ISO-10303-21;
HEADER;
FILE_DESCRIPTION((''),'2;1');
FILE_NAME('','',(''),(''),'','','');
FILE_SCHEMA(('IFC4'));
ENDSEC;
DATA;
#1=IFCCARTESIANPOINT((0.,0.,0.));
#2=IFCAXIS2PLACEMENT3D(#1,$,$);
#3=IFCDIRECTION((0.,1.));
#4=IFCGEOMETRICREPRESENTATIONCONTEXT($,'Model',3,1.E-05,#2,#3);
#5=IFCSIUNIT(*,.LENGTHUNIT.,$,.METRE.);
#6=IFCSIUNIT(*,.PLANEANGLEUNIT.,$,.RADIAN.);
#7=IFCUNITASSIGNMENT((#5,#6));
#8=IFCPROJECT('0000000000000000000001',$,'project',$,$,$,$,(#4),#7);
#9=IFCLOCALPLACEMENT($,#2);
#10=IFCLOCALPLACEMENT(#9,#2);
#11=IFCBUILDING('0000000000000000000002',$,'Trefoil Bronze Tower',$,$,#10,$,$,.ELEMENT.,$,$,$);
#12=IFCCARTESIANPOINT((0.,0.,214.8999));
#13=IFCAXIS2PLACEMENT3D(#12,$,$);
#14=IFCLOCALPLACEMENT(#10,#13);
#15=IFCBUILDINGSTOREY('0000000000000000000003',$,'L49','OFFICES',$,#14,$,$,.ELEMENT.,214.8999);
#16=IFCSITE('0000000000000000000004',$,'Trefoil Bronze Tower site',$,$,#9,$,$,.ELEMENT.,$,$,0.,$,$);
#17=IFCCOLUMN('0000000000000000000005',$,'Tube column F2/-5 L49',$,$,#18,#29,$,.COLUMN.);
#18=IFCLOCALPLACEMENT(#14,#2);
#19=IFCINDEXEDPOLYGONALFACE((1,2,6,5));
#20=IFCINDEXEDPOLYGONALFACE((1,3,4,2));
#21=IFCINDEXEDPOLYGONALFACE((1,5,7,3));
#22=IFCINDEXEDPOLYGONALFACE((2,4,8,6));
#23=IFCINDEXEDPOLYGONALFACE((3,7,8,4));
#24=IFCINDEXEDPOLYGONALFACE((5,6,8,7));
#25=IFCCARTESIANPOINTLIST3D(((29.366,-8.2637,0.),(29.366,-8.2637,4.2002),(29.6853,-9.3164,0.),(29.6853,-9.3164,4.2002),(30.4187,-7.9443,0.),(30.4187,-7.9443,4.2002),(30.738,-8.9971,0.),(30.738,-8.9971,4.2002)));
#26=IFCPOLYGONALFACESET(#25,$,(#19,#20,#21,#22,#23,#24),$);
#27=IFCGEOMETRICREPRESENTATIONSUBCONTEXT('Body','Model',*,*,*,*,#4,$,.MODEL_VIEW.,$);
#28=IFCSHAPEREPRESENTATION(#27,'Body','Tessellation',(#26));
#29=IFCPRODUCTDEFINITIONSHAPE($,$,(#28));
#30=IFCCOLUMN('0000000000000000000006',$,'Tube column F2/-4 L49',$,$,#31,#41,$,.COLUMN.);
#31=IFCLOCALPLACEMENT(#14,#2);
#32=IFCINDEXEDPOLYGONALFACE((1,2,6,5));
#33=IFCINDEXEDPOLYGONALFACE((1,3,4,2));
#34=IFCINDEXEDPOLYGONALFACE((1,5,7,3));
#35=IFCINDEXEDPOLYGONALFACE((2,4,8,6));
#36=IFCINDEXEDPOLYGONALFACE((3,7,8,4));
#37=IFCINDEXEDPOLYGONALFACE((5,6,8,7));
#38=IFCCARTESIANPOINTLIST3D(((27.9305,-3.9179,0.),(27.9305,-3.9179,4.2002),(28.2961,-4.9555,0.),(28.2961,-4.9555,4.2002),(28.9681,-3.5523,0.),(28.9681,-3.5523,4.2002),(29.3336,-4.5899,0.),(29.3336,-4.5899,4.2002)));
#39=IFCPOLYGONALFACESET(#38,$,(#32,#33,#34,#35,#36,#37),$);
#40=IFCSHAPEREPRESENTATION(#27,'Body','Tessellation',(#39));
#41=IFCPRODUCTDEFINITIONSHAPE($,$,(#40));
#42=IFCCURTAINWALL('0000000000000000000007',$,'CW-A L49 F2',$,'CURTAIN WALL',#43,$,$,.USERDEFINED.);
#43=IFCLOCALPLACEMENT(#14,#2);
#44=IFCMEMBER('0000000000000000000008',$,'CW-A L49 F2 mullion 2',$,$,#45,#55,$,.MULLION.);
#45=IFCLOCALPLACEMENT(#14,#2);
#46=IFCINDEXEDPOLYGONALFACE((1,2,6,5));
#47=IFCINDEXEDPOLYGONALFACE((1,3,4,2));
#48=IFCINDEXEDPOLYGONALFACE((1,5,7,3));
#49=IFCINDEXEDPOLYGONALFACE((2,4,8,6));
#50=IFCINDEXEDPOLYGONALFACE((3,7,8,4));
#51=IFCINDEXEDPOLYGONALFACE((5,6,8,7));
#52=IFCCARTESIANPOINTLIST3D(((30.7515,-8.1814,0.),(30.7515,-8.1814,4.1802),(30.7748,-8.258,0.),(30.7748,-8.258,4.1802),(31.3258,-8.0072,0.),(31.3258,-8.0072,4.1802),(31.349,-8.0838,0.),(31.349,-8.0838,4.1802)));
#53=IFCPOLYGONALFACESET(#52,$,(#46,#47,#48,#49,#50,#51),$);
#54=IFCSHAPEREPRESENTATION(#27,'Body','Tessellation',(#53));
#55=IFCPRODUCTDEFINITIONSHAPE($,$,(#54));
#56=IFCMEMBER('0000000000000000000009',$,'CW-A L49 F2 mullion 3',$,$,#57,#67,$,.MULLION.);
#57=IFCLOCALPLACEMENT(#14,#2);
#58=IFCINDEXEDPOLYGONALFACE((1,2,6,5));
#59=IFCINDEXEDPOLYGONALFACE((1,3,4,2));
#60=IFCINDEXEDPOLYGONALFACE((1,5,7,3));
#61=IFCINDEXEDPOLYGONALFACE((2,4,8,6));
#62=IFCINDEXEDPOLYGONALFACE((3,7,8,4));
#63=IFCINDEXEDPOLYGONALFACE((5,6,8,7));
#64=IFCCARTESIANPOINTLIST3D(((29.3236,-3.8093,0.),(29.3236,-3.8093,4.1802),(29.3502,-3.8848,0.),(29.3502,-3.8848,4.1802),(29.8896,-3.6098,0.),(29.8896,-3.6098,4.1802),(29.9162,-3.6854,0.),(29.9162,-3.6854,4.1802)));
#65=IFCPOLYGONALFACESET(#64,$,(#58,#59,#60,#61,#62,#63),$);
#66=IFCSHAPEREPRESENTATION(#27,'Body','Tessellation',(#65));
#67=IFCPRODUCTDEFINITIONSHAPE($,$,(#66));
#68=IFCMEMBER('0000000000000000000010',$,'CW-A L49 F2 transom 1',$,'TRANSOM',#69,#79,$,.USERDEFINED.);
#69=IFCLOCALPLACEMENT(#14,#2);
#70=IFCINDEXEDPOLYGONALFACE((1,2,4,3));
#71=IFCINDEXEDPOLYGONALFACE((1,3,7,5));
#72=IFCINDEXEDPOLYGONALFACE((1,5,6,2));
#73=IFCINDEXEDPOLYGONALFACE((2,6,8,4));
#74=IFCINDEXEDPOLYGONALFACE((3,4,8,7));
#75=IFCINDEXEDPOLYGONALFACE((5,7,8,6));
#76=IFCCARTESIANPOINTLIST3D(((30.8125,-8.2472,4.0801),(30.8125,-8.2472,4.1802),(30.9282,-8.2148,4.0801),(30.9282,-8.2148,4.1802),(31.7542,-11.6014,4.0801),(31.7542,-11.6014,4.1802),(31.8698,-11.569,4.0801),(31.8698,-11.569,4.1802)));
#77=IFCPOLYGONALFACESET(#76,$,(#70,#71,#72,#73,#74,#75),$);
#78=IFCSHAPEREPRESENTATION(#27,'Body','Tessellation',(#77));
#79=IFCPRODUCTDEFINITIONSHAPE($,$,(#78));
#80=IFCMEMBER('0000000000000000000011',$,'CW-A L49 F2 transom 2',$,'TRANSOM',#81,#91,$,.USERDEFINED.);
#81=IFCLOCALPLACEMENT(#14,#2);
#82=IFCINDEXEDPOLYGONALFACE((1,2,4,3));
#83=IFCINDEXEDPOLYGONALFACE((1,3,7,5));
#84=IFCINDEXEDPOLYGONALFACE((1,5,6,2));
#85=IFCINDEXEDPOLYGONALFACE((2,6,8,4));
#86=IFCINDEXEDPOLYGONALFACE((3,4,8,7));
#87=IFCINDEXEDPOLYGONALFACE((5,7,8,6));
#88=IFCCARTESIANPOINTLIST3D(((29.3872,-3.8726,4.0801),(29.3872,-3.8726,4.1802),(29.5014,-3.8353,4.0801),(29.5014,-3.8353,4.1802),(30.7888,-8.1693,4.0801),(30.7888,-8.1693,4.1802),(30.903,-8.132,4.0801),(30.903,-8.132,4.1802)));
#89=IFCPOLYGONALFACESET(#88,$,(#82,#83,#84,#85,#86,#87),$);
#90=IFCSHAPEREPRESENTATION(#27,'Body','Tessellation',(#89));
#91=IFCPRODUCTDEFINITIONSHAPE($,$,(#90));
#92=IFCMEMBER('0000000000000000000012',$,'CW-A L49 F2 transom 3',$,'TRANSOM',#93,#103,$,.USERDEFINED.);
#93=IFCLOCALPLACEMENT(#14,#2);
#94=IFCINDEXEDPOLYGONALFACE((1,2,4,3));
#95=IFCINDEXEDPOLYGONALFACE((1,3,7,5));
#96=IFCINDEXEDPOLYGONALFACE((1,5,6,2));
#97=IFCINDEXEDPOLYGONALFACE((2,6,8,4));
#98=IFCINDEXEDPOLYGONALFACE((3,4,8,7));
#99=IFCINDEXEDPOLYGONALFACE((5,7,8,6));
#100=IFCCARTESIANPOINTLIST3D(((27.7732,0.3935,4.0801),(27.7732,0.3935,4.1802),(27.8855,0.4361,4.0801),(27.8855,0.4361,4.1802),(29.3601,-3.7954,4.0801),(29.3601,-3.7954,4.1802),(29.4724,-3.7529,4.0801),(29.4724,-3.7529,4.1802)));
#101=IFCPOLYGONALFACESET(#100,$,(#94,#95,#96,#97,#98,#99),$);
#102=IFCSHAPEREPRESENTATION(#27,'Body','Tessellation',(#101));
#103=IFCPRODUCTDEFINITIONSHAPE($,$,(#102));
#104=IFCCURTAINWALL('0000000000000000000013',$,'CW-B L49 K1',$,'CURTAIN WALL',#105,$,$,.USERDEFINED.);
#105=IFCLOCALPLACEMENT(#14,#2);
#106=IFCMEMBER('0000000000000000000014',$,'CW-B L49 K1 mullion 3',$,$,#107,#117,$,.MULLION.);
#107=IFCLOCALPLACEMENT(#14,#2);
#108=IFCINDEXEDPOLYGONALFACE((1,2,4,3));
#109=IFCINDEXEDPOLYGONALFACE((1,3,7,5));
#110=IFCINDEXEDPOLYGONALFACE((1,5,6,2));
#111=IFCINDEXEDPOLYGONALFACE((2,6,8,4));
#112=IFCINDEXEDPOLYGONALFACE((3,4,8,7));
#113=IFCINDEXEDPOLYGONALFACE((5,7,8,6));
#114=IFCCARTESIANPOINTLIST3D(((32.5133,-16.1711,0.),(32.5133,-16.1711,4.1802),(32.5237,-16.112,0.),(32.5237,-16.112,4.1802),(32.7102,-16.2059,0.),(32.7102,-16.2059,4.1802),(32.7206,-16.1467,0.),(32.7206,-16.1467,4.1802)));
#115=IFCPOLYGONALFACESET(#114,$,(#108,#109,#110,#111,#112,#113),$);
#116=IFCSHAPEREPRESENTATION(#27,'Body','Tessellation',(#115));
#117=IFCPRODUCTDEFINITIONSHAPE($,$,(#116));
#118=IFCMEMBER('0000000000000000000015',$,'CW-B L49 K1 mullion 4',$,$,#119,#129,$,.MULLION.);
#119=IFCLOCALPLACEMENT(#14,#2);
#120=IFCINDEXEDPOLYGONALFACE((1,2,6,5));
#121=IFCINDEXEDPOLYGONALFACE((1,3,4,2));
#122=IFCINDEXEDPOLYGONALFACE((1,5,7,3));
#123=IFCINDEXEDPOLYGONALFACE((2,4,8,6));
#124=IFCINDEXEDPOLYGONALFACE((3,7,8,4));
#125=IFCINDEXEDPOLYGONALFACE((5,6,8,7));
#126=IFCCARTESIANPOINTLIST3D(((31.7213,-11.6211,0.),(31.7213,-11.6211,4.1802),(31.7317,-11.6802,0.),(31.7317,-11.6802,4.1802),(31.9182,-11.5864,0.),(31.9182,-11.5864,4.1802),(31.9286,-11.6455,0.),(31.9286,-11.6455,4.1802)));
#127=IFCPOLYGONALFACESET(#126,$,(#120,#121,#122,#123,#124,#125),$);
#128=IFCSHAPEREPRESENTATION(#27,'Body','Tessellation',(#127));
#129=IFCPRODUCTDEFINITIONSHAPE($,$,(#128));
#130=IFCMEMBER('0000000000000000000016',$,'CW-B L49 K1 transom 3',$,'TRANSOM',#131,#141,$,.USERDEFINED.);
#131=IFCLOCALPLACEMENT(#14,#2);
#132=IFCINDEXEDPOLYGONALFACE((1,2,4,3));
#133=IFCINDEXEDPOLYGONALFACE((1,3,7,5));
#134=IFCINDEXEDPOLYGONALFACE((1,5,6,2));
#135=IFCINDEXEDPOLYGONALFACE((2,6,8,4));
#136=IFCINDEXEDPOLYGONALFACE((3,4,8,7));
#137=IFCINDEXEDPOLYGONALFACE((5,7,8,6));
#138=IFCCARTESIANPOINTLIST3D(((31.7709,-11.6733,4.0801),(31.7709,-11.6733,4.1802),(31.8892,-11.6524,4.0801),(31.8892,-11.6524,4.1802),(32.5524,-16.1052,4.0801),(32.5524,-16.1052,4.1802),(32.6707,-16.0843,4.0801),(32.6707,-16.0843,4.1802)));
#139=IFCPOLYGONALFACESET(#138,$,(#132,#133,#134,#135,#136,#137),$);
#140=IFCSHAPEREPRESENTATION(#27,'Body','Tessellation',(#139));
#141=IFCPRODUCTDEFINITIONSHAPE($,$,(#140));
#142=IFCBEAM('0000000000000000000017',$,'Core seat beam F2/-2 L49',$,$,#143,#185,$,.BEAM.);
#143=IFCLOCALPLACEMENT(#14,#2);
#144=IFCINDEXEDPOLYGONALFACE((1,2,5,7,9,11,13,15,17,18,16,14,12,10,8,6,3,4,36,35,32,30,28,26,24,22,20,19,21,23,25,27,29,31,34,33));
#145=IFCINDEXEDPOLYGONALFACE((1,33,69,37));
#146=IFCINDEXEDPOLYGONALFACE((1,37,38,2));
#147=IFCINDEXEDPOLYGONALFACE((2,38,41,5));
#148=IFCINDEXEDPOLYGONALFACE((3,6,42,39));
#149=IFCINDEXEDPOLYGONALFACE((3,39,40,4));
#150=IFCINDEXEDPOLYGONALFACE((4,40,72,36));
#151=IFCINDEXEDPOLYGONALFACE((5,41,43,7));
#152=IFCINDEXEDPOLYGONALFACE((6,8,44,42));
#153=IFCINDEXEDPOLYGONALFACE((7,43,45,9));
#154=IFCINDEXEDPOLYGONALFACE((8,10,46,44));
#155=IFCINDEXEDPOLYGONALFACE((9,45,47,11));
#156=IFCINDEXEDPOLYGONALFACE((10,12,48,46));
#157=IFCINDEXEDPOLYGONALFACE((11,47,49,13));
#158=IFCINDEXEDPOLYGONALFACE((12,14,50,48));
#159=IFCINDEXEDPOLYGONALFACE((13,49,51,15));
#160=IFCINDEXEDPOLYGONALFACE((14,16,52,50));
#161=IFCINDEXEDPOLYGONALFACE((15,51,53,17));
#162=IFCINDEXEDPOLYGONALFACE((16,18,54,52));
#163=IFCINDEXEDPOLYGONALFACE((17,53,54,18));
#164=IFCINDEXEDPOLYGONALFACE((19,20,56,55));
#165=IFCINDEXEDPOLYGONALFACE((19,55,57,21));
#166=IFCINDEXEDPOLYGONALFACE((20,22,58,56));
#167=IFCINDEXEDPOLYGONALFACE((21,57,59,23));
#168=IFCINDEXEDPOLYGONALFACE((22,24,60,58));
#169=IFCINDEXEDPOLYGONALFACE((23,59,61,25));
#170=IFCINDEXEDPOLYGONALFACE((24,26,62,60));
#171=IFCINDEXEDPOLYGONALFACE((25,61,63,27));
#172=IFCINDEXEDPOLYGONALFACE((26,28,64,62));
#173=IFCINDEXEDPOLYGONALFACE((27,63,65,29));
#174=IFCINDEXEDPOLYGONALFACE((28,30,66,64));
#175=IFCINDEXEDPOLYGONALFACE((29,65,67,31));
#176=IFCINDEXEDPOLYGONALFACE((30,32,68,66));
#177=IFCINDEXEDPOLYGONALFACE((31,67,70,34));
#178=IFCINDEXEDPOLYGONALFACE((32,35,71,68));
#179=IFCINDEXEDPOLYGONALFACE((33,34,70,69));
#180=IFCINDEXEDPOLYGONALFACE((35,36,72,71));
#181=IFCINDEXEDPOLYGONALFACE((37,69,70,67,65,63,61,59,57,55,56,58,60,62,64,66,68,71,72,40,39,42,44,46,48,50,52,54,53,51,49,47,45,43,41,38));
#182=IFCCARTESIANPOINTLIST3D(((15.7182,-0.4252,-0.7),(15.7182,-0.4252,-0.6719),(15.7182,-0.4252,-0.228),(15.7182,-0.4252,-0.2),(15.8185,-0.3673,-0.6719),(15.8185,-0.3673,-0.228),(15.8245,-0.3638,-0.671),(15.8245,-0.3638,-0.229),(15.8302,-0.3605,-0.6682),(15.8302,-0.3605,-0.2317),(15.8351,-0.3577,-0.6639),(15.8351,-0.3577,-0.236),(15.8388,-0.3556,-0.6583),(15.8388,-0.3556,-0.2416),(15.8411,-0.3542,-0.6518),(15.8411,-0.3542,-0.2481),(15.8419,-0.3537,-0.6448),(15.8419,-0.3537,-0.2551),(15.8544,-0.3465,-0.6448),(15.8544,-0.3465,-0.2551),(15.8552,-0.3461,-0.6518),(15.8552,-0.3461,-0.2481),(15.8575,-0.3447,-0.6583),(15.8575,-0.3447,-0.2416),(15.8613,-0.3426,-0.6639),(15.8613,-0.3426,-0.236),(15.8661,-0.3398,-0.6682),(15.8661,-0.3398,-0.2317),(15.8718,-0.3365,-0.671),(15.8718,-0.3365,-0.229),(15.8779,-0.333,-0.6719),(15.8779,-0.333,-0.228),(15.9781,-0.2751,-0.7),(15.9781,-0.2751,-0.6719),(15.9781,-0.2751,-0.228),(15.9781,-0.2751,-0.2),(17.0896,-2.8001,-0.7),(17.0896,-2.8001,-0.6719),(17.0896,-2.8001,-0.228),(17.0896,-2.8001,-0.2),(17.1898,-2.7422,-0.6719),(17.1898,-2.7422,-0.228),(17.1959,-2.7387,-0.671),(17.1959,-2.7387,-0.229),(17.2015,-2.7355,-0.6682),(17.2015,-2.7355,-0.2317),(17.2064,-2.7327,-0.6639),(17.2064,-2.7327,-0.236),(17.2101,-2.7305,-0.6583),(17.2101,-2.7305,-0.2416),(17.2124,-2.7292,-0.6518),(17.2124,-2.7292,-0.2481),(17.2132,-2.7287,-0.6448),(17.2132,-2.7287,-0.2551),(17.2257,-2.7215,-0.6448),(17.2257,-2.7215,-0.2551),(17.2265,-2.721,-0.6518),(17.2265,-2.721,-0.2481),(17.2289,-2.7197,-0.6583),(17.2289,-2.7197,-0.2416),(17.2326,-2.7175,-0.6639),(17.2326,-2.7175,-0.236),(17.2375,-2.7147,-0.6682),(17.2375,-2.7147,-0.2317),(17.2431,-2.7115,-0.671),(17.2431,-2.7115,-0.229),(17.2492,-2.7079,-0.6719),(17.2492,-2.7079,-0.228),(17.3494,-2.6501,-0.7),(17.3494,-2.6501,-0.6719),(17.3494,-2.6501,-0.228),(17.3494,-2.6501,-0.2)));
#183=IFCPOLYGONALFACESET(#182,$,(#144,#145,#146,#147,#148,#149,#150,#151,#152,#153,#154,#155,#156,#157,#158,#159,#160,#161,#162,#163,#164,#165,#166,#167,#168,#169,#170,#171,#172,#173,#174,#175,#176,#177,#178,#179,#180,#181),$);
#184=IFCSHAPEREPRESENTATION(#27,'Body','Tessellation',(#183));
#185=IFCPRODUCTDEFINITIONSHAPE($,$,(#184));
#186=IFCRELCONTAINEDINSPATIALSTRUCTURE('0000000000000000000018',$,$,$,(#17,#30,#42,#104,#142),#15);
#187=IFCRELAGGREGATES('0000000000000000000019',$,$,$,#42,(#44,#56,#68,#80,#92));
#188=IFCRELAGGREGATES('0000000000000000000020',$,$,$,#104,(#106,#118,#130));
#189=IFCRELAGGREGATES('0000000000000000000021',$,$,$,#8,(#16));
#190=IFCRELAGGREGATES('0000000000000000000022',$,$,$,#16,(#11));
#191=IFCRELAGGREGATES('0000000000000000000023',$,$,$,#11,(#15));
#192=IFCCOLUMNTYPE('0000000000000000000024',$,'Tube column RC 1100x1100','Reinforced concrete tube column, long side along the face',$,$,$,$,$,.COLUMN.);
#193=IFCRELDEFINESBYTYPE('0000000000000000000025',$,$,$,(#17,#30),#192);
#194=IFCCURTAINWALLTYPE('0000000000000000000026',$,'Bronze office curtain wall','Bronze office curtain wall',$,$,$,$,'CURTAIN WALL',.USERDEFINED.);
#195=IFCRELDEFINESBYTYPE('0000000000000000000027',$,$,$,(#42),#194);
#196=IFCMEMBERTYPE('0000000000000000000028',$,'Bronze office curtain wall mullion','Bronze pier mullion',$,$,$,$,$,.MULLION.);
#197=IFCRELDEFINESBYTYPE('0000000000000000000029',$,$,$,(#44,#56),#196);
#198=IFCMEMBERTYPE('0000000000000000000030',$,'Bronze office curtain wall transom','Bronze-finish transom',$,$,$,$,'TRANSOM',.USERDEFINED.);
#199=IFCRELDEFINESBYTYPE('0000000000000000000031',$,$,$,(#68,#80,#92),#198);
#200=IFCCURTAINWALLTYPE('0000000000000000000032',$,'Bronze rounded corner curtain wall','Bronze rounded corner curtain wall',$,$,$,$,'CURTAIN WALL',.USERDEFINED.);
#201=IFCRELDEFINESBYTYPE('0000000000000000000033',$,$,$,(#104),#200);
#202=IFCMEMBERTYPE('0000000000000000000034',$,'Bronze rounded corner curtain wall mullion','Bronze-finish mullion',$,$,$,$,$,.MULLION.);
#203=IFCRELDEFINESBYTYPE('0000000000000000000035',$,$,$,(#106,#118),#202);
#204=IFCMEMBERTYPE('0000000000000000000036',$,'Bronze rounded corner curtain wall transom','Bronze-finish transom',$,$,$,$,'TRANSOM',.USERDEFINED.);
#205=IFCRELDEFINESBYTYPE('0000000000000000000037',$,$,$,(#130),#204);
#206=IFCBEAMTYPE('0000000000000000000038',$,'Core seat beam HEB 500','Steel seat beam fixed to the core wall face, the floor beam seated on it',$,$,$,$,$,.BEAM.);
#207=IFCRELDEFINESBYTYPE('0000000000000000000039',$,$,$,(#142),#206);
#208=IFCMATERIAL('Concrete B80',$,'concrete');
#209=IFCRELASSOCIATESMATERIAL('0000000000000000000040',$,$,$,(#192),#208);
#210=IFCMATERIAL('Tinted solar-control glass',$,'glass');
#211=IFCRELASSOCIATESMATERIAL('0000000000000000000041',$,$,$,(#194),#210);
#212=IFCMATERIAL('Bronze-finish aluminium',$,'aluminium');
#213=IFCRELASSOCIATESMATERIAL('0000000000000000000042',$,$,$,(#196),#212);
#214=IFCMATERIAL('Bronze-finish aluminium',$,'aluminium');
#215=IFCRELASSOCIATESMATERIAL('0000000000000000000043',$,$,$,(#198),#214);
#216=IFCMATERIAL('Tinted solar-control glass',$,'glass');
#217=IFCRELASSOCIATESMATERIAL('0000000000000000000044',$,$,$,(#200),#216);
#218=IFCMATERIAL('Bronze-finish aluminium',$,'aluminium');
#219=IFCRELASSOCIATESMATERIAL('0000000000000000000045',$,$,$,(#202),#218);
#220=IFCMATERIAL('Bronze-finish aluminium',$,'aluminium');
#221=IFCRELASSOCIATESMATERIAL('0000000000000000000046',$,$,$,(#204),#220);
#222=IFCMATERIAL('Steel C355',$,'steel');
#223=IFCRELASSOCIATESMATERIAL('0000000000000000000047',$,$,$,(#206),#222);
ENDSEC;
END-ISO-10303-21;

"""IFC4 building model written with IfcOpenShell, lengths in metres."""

from ifc_helpers import new_model, si_unit, direction, frame, origin, origin_2d, place, context, subcontext, project, spatial, rectangle, i_section, extrude, material, material_profile, profile_set, type_object, element, aggregate, save


model = new_model("IFC4")

# Units and contexts
model_context = context("Model", 3, precision=1e-05, world=origin(), true_north=direction((0.0, 1.0)))
body_context = subcontext(model_context, "Body", "Model", "MODEL_VIEW")
ifc_project = project(units=[si_unit("LENGTHUNIT", "METRE"), si_unit("PLANEANGLEUNIT", "RADIAN")], contexts=[model_context])

# Site, building, storey
site_placement = place(None, origin())
site = spatial("IfcSite", under=ifc_project, at=site_placement, Name="Trefoil Bronze Tower site", CompositionType="ELEMENT", RefElevation=0.0)
building_placement = place(site_placement, origin())
building = spatial("IfcBuilding", under=site, at=building_placement, Name="Trefoil Bronze Tower", CompositionType="ELEMENT")
storey_placement = place(building_placement, frame((0.0, 0.0, 214.8999)))
storey = spatial("IfcBuildingStorey", under=building, at=storey_placement, Name="L49", Description="OFFICES", CompositionType="ELEMENT", Elevation=214.8999)

# Columns
ifc_material_1 = material(Name="Concrete B80", Category="concrete")
ifc_material_profile_1 = material_profile(ifc_material_1, rectangle(XDim=1.1001, YDim=1.1001, at=origin_2d()), Name="RC 1100x1100")
ifc_profile_set_1 = profile_set([ifc_material_profile_1], Name="Concrete B80")
column_type = type_object("IfcColumnType", Name="Tube column RC 1100x1100", Description="Reinforced concrete tube column, long side along the face", PredefinedType="COLUMN", material=ifc_profile_set_1)
for number, where, z_axis, x_axis, name in (
    (1, (30.052, -8.6304, 0.0), (0.0, 0.0, 1.0), (-0.290278, 0.956942, 0.0), "Tube column F2/-5 L49"),
    (2, (28.6321, -4.2539, 0.0), (0.0, 0.0, 1.0), (-0.332282, 0.94318, 0.0), "Tube column F2/-4 L49"),
):
    element("IfcColumn", number, at=place(storey_placement, frame(where, z_axis=z_axis, x_axis=x_axis)), inside=storey, type_object=column_type, Name=name, PredefinedType="COLUMN", context=body_context, shape_type="SweptSolid", body=[
        extrude(rectangle(XDim=1.1001, YDim=1.1001, at=origin_2d()), origin(), (0.0, 0.0, 1.0), 4.2002),
    ])

# Curtain walls, members
ifc_material_2 = material(Name="Tinted solar-control glass", Category="glass")
curtain_wall_type_1 = type_object("IfcCurtainWallType", Name="Bronze office curtain wall", Description="Bronze office curtain wall", ElementType="CURTAIN WALL", PredefinedType="USERDEFINED", material=ifc_material_2)
curtain_wall_1_placement = place(storey_placement, origin())
curtain_wall_1 = element("IfcCurtainWall", 3, at=curtain_wall_1_placement, inside=storey, type_object=curtain_wall_type_1, Name="CW-A L49 F2", ObjectType="CURTAIN WALL", PredefinedType="USERDEFINED")
ifc_material_3 = material(Name="Bronze-finish aluminium", Category="aluminium")
ifc_material_profile_2 = material_profile(ifc_material_3, rectangle(XDim=0.6001, YDim=0.0801, at=origin_2d()), Name="CW-A mullion")
ifc_profile_set_2 = profile_set([ifc_material_profile_2], Name="Bronze-finish aluminium")
member_type_1 = type_object("IfcMemberType", Name="Bronze office curtain wall mullion", Description="Bronze pier mullion", PredefinedType="MULLION", material=ifc_profile_set_2)
member_1_placement = place(storey_placement, frame((31.0503, -8.1326, 0.0), z_axis=(0.0, 0.0, 1.0), x_axis=(-0.956942, -0.290278, 0.0)))
member_1 = element("IfcMember", 4, at=member_1_placement, type_object=member_type_1, Name="CW-A L49 F2 mullion 2", PredefinedType="MULLION", context=body_context, shape_type="SweptSolid", body=[
    extrude(rectangle(XDim=0.6001, YDim=0.0801, at=origin_2d()), origin(), (0.0, 0.0, 1.0), 4.1802),
])
member_2_placement = place(storey_placement, frame((29.6199, -3.7473, 0.0), z_axis=(0.0, 0.0, 1.0), x_axis=(-0.94318, -0.332282, 0.0)))
member_2 = element("IfcMember", 5, at=member_2_placement, type_object=member_type_1, Name="CW-A L49 F2 mullion 3", PredefinedType="MULLION", context=body_context, shape_type="SweptSolid", body=[
    extrude(rectangle(XDim=0.6001, YDim=0.0801, at=origin_2d()), origin(), (0.0, 0.0, 1.0), 4.1802),
])
ifc_material_4 = material(Name="Bronze-finish aluminium", Category="aluminium")
ifc_material_profile_3 = material_profile(ifc_material_4, rectangle(XDim=0.1201, YDim=0.1001, at=origin_2d()), Name="CW-A transom")
ifc_profile_set_3 = profile_set([ifc_material_profile_3], Name="Bronze-finish aluminium")
member_type_2 = type_object("IfcMemberType", Name="Bronze office curtain wall transom", Description="Bronze-finish transom", ElementType="TRANSOM", PredefinedType="USERDEFINED", material=ifc_profile_set_3)
member_3_placement = place(storey_placement, frame((31.812, -11.5852, 4.1301), z_axis=(-0.270285, 0.96278, 0.0), x_axis=(-0.96278, -0.270285, 0.0)))
member_3 = element("IfcMember", 6, at=member_3_placement, type_object=member_type_2, Name="CW-A L49 F2 transom 1", ObjectType="TRANSOM", PredefinedType="USERDEFINED", context=body_context, shape_type="SweptSolid", body=[
    extrude(rectangle(XDim=0.1201, YDim=0.1001, at=origin_2d()), origin(), (0.0, 0.0, 1.0), 3.4839),
])
member_4_placement = place(storey_placement, frame((30.8459, -8.1506, 4.1301), z_axis=(-0.310128, 0.950695, 0.0), x_axis=(-0.950695, -0.310128, 0.0)))
member_4 = element("IfcMember", 7, at=member_4_placement, type_object=member_type_2, Name="CW-A L49 F2 transom 2", ObjectType="TRANSOM", PredefinedType="USERDEFINED", context=body_context, shape_type="SweptSolid", body=[
    extrude(rectangle(XDim=0.1201, YDim=0.1001, at=origin_2d()), origin(), (0.0, 0.0, 1.0), 4.5195),
])
member_5_placement = place(storey_placement, frame((29.4163, -3.7742, 4.1301), z_axis=(-0.354263, 0.935146, 0.0), x_axis=(-0.935146, -0.354263, 0.0)))
member_5 = element("IfcMember", 8, at=member_5_placement, type_object=member_type_2, Name="CW-A L49 F2 transom 3", ObjectType="TRANSOM", PredefinedType="USERDEFINED", context=body_context, shape_type="SweptSolid", body=[
    extrude(rectangle(XDim=0.1201, YDim=0.1001, at=origin_2d()), origin(), (0.0, 0.0, 1.0), 4.4795),
])
ifc_material_5 = material(Name="Tinted solar-control glass", Category="glass")
curtain_wall_type_2 = type_object("IfcCurtainWallType", Name="Bronze rounded corner curtain wall", Description="Bronze rounded corner curtain wall", ElementType="CURTAIN WALL", PredefinedType="USERDEFINED", material=ifc_material_5)
curtain_wall_2_placement = place(storey_placement, origin())
curtain_wall_2 = element("IfcCurtainWall", 9, at=curtain_wall_2_placement, inside=storey, type_object=curtain_wall_type_2, Name="CW-B L49 K1", ObjectType="CURTAIN WALL", PredefinedType="USERDEFINED")
ifc_material_6 = material(Name="Bronze-finish aluminium", Category="aluminium")
ifc_material_profile_4 = material_profile(ifc_material_6, rectangle(XDim=0.2, YDim=0.0601, at=origin_2d()), Name="CW-B mullion")
ifc_profile_set_4 = profile_set([ifc_material_profile_4], Name="Bronze-finish aluminium")
member_type_3 = type_object("IfcMemberType", Name="Bronze rounded corner curtain wall mullion", Description="Bronze-finish mullion", PredefinedType="MULLION", material=ifc_profile_set_4)
member_6_placement = place(storey_placement, frame((32.6169, -16.1589, 0.0), z_axis=(0.0, 0.0, 1.0), x_axis=(-0.984808, 0.173648, 0.0)))
member_6 = element("IfcMember", 10, at=member_6_placement, type_object=member_type_3, Name="CW-B L49 K1 mullion 3", PredefinedType="MULLION", context=body_context, shape_type="SweptSolid", body=[
    extrude(rectangle(XDim=0.2, YDim=0.0601, at=origin_2d()), origin(), (0.0, 0.0, 1.0), 4.1802),
])
member_7_placement = place(storey_placement, frame((31.825, -11.6333, 0.0), z_axis=(0.0, 0.0, 1.0), x_axis=(-0.984808, -0.173648, 0.0)))
member_7 = element("IfcMember", 11, at=member_7_placement, type_object=member_type_3, Name="CW-B L49 K1 mullion 4", PredefinedType="MULLION", context=body_context, shape_type="SweptSolid", body=[
    extrude(rectangle(XDim=0.2, YDim=0.0601, at=origin_2d()), origin(), (0.0, 0.0, 1.0), 4.1802),
])
ifc_material_7 = material(Name="Bronze-finish aluminium", Category="aluminium")
ifc_material_profile_5 = material_profile(ifc_material_7, rectangle(XDim=0.1201, YDim=0.1001, at=origin_2d()), Name="CW-B transom")
ifc_profile_set_5 = profile_set([ifc_material_profile_5], Name="Bronze-finish aluminium")
member_type_4 = type_object("IfcMemberType", Name="Bronze rounded corner curtain wall transom", Description="Bronze-finish transom", ElementType="TRANSOM", PredefinedType="USERDEFINED", material=ifc_profile_set_5)
member_8_placement = place(storey_placement, frame((32.6116, -16.0947, 4.1301), z_axis=(-0.173655, 0.984806, 0.0), x_axis=(-0.984806, -0.173655, 0.0)))
member_8 = element("IfcMember", 12, at=member_8_placement, type_object=member_type_4, Name="CW-B L49 K1 transom 3", ObjectType="TRANSOM", PredefinedType="USERDEFINED", context=body_context, shape_type="SweptSolid", body=[
    extrude(rectangle(XDim=0.1201, YDim=0.1001, at=origin_2d()), origin(), (0.0, 0.0, 1.0), 4.5002),
])

# Beam
ifc_material_8 = material(Name="Steel C355", Category="steel")
ifc_material_profile_6 = material_profile(ifc_material_8, i_section(OverallWidth=0.3, OverallDepth=0.5, WebThickness=0.0144, FlangeThickness=0.0281, FilletRadius=0.0271, at=origin_2d()), Name="HEB 500")
ifc_profile_set_6 = profile_set([ifc_material_profile_6], Name="Steel C355")
beam_type_1 = type_object("IfcBeamType", Name="Core seat beam HEB 500", Description="Steel seat beam fixed to the core wall face, the floor beam seated on it", PredefinedType="BEAM", material=ifc_profile_set_6)
beam_1_placement = place(storey_placement, frame((17.2195, -2.7251, -0.45), z_axis=(-0.500036, 0.866005, 0.0), x_axis=(-0.866005, -0.500036, 0.0)))
element("IfcBeam", 13, at=beam_1_placement, inside=storey, type_object=beam_type_1, Name="Core seat beam F2/-2 L49", PredefinedType="BEAM", context=body_context, shape_type="SweptSolid", body=[
    extrude(i_section(OverallWidth=0.3, OverallDepth=0.5, WebThickness=0.0144, FlangeThickness=0.0281, FilletRadius=0.0271, at=origin_2d()), origin(), (0.0, 0.0, 1.0), 2.7424),
])

aggregate(curtain_wall_1, [member_1, member_2, member_3, member_4, member_5])
aggregate(curtain_wall_2, [member_6, member_7, member_8])

save(model, "model.ifc")
